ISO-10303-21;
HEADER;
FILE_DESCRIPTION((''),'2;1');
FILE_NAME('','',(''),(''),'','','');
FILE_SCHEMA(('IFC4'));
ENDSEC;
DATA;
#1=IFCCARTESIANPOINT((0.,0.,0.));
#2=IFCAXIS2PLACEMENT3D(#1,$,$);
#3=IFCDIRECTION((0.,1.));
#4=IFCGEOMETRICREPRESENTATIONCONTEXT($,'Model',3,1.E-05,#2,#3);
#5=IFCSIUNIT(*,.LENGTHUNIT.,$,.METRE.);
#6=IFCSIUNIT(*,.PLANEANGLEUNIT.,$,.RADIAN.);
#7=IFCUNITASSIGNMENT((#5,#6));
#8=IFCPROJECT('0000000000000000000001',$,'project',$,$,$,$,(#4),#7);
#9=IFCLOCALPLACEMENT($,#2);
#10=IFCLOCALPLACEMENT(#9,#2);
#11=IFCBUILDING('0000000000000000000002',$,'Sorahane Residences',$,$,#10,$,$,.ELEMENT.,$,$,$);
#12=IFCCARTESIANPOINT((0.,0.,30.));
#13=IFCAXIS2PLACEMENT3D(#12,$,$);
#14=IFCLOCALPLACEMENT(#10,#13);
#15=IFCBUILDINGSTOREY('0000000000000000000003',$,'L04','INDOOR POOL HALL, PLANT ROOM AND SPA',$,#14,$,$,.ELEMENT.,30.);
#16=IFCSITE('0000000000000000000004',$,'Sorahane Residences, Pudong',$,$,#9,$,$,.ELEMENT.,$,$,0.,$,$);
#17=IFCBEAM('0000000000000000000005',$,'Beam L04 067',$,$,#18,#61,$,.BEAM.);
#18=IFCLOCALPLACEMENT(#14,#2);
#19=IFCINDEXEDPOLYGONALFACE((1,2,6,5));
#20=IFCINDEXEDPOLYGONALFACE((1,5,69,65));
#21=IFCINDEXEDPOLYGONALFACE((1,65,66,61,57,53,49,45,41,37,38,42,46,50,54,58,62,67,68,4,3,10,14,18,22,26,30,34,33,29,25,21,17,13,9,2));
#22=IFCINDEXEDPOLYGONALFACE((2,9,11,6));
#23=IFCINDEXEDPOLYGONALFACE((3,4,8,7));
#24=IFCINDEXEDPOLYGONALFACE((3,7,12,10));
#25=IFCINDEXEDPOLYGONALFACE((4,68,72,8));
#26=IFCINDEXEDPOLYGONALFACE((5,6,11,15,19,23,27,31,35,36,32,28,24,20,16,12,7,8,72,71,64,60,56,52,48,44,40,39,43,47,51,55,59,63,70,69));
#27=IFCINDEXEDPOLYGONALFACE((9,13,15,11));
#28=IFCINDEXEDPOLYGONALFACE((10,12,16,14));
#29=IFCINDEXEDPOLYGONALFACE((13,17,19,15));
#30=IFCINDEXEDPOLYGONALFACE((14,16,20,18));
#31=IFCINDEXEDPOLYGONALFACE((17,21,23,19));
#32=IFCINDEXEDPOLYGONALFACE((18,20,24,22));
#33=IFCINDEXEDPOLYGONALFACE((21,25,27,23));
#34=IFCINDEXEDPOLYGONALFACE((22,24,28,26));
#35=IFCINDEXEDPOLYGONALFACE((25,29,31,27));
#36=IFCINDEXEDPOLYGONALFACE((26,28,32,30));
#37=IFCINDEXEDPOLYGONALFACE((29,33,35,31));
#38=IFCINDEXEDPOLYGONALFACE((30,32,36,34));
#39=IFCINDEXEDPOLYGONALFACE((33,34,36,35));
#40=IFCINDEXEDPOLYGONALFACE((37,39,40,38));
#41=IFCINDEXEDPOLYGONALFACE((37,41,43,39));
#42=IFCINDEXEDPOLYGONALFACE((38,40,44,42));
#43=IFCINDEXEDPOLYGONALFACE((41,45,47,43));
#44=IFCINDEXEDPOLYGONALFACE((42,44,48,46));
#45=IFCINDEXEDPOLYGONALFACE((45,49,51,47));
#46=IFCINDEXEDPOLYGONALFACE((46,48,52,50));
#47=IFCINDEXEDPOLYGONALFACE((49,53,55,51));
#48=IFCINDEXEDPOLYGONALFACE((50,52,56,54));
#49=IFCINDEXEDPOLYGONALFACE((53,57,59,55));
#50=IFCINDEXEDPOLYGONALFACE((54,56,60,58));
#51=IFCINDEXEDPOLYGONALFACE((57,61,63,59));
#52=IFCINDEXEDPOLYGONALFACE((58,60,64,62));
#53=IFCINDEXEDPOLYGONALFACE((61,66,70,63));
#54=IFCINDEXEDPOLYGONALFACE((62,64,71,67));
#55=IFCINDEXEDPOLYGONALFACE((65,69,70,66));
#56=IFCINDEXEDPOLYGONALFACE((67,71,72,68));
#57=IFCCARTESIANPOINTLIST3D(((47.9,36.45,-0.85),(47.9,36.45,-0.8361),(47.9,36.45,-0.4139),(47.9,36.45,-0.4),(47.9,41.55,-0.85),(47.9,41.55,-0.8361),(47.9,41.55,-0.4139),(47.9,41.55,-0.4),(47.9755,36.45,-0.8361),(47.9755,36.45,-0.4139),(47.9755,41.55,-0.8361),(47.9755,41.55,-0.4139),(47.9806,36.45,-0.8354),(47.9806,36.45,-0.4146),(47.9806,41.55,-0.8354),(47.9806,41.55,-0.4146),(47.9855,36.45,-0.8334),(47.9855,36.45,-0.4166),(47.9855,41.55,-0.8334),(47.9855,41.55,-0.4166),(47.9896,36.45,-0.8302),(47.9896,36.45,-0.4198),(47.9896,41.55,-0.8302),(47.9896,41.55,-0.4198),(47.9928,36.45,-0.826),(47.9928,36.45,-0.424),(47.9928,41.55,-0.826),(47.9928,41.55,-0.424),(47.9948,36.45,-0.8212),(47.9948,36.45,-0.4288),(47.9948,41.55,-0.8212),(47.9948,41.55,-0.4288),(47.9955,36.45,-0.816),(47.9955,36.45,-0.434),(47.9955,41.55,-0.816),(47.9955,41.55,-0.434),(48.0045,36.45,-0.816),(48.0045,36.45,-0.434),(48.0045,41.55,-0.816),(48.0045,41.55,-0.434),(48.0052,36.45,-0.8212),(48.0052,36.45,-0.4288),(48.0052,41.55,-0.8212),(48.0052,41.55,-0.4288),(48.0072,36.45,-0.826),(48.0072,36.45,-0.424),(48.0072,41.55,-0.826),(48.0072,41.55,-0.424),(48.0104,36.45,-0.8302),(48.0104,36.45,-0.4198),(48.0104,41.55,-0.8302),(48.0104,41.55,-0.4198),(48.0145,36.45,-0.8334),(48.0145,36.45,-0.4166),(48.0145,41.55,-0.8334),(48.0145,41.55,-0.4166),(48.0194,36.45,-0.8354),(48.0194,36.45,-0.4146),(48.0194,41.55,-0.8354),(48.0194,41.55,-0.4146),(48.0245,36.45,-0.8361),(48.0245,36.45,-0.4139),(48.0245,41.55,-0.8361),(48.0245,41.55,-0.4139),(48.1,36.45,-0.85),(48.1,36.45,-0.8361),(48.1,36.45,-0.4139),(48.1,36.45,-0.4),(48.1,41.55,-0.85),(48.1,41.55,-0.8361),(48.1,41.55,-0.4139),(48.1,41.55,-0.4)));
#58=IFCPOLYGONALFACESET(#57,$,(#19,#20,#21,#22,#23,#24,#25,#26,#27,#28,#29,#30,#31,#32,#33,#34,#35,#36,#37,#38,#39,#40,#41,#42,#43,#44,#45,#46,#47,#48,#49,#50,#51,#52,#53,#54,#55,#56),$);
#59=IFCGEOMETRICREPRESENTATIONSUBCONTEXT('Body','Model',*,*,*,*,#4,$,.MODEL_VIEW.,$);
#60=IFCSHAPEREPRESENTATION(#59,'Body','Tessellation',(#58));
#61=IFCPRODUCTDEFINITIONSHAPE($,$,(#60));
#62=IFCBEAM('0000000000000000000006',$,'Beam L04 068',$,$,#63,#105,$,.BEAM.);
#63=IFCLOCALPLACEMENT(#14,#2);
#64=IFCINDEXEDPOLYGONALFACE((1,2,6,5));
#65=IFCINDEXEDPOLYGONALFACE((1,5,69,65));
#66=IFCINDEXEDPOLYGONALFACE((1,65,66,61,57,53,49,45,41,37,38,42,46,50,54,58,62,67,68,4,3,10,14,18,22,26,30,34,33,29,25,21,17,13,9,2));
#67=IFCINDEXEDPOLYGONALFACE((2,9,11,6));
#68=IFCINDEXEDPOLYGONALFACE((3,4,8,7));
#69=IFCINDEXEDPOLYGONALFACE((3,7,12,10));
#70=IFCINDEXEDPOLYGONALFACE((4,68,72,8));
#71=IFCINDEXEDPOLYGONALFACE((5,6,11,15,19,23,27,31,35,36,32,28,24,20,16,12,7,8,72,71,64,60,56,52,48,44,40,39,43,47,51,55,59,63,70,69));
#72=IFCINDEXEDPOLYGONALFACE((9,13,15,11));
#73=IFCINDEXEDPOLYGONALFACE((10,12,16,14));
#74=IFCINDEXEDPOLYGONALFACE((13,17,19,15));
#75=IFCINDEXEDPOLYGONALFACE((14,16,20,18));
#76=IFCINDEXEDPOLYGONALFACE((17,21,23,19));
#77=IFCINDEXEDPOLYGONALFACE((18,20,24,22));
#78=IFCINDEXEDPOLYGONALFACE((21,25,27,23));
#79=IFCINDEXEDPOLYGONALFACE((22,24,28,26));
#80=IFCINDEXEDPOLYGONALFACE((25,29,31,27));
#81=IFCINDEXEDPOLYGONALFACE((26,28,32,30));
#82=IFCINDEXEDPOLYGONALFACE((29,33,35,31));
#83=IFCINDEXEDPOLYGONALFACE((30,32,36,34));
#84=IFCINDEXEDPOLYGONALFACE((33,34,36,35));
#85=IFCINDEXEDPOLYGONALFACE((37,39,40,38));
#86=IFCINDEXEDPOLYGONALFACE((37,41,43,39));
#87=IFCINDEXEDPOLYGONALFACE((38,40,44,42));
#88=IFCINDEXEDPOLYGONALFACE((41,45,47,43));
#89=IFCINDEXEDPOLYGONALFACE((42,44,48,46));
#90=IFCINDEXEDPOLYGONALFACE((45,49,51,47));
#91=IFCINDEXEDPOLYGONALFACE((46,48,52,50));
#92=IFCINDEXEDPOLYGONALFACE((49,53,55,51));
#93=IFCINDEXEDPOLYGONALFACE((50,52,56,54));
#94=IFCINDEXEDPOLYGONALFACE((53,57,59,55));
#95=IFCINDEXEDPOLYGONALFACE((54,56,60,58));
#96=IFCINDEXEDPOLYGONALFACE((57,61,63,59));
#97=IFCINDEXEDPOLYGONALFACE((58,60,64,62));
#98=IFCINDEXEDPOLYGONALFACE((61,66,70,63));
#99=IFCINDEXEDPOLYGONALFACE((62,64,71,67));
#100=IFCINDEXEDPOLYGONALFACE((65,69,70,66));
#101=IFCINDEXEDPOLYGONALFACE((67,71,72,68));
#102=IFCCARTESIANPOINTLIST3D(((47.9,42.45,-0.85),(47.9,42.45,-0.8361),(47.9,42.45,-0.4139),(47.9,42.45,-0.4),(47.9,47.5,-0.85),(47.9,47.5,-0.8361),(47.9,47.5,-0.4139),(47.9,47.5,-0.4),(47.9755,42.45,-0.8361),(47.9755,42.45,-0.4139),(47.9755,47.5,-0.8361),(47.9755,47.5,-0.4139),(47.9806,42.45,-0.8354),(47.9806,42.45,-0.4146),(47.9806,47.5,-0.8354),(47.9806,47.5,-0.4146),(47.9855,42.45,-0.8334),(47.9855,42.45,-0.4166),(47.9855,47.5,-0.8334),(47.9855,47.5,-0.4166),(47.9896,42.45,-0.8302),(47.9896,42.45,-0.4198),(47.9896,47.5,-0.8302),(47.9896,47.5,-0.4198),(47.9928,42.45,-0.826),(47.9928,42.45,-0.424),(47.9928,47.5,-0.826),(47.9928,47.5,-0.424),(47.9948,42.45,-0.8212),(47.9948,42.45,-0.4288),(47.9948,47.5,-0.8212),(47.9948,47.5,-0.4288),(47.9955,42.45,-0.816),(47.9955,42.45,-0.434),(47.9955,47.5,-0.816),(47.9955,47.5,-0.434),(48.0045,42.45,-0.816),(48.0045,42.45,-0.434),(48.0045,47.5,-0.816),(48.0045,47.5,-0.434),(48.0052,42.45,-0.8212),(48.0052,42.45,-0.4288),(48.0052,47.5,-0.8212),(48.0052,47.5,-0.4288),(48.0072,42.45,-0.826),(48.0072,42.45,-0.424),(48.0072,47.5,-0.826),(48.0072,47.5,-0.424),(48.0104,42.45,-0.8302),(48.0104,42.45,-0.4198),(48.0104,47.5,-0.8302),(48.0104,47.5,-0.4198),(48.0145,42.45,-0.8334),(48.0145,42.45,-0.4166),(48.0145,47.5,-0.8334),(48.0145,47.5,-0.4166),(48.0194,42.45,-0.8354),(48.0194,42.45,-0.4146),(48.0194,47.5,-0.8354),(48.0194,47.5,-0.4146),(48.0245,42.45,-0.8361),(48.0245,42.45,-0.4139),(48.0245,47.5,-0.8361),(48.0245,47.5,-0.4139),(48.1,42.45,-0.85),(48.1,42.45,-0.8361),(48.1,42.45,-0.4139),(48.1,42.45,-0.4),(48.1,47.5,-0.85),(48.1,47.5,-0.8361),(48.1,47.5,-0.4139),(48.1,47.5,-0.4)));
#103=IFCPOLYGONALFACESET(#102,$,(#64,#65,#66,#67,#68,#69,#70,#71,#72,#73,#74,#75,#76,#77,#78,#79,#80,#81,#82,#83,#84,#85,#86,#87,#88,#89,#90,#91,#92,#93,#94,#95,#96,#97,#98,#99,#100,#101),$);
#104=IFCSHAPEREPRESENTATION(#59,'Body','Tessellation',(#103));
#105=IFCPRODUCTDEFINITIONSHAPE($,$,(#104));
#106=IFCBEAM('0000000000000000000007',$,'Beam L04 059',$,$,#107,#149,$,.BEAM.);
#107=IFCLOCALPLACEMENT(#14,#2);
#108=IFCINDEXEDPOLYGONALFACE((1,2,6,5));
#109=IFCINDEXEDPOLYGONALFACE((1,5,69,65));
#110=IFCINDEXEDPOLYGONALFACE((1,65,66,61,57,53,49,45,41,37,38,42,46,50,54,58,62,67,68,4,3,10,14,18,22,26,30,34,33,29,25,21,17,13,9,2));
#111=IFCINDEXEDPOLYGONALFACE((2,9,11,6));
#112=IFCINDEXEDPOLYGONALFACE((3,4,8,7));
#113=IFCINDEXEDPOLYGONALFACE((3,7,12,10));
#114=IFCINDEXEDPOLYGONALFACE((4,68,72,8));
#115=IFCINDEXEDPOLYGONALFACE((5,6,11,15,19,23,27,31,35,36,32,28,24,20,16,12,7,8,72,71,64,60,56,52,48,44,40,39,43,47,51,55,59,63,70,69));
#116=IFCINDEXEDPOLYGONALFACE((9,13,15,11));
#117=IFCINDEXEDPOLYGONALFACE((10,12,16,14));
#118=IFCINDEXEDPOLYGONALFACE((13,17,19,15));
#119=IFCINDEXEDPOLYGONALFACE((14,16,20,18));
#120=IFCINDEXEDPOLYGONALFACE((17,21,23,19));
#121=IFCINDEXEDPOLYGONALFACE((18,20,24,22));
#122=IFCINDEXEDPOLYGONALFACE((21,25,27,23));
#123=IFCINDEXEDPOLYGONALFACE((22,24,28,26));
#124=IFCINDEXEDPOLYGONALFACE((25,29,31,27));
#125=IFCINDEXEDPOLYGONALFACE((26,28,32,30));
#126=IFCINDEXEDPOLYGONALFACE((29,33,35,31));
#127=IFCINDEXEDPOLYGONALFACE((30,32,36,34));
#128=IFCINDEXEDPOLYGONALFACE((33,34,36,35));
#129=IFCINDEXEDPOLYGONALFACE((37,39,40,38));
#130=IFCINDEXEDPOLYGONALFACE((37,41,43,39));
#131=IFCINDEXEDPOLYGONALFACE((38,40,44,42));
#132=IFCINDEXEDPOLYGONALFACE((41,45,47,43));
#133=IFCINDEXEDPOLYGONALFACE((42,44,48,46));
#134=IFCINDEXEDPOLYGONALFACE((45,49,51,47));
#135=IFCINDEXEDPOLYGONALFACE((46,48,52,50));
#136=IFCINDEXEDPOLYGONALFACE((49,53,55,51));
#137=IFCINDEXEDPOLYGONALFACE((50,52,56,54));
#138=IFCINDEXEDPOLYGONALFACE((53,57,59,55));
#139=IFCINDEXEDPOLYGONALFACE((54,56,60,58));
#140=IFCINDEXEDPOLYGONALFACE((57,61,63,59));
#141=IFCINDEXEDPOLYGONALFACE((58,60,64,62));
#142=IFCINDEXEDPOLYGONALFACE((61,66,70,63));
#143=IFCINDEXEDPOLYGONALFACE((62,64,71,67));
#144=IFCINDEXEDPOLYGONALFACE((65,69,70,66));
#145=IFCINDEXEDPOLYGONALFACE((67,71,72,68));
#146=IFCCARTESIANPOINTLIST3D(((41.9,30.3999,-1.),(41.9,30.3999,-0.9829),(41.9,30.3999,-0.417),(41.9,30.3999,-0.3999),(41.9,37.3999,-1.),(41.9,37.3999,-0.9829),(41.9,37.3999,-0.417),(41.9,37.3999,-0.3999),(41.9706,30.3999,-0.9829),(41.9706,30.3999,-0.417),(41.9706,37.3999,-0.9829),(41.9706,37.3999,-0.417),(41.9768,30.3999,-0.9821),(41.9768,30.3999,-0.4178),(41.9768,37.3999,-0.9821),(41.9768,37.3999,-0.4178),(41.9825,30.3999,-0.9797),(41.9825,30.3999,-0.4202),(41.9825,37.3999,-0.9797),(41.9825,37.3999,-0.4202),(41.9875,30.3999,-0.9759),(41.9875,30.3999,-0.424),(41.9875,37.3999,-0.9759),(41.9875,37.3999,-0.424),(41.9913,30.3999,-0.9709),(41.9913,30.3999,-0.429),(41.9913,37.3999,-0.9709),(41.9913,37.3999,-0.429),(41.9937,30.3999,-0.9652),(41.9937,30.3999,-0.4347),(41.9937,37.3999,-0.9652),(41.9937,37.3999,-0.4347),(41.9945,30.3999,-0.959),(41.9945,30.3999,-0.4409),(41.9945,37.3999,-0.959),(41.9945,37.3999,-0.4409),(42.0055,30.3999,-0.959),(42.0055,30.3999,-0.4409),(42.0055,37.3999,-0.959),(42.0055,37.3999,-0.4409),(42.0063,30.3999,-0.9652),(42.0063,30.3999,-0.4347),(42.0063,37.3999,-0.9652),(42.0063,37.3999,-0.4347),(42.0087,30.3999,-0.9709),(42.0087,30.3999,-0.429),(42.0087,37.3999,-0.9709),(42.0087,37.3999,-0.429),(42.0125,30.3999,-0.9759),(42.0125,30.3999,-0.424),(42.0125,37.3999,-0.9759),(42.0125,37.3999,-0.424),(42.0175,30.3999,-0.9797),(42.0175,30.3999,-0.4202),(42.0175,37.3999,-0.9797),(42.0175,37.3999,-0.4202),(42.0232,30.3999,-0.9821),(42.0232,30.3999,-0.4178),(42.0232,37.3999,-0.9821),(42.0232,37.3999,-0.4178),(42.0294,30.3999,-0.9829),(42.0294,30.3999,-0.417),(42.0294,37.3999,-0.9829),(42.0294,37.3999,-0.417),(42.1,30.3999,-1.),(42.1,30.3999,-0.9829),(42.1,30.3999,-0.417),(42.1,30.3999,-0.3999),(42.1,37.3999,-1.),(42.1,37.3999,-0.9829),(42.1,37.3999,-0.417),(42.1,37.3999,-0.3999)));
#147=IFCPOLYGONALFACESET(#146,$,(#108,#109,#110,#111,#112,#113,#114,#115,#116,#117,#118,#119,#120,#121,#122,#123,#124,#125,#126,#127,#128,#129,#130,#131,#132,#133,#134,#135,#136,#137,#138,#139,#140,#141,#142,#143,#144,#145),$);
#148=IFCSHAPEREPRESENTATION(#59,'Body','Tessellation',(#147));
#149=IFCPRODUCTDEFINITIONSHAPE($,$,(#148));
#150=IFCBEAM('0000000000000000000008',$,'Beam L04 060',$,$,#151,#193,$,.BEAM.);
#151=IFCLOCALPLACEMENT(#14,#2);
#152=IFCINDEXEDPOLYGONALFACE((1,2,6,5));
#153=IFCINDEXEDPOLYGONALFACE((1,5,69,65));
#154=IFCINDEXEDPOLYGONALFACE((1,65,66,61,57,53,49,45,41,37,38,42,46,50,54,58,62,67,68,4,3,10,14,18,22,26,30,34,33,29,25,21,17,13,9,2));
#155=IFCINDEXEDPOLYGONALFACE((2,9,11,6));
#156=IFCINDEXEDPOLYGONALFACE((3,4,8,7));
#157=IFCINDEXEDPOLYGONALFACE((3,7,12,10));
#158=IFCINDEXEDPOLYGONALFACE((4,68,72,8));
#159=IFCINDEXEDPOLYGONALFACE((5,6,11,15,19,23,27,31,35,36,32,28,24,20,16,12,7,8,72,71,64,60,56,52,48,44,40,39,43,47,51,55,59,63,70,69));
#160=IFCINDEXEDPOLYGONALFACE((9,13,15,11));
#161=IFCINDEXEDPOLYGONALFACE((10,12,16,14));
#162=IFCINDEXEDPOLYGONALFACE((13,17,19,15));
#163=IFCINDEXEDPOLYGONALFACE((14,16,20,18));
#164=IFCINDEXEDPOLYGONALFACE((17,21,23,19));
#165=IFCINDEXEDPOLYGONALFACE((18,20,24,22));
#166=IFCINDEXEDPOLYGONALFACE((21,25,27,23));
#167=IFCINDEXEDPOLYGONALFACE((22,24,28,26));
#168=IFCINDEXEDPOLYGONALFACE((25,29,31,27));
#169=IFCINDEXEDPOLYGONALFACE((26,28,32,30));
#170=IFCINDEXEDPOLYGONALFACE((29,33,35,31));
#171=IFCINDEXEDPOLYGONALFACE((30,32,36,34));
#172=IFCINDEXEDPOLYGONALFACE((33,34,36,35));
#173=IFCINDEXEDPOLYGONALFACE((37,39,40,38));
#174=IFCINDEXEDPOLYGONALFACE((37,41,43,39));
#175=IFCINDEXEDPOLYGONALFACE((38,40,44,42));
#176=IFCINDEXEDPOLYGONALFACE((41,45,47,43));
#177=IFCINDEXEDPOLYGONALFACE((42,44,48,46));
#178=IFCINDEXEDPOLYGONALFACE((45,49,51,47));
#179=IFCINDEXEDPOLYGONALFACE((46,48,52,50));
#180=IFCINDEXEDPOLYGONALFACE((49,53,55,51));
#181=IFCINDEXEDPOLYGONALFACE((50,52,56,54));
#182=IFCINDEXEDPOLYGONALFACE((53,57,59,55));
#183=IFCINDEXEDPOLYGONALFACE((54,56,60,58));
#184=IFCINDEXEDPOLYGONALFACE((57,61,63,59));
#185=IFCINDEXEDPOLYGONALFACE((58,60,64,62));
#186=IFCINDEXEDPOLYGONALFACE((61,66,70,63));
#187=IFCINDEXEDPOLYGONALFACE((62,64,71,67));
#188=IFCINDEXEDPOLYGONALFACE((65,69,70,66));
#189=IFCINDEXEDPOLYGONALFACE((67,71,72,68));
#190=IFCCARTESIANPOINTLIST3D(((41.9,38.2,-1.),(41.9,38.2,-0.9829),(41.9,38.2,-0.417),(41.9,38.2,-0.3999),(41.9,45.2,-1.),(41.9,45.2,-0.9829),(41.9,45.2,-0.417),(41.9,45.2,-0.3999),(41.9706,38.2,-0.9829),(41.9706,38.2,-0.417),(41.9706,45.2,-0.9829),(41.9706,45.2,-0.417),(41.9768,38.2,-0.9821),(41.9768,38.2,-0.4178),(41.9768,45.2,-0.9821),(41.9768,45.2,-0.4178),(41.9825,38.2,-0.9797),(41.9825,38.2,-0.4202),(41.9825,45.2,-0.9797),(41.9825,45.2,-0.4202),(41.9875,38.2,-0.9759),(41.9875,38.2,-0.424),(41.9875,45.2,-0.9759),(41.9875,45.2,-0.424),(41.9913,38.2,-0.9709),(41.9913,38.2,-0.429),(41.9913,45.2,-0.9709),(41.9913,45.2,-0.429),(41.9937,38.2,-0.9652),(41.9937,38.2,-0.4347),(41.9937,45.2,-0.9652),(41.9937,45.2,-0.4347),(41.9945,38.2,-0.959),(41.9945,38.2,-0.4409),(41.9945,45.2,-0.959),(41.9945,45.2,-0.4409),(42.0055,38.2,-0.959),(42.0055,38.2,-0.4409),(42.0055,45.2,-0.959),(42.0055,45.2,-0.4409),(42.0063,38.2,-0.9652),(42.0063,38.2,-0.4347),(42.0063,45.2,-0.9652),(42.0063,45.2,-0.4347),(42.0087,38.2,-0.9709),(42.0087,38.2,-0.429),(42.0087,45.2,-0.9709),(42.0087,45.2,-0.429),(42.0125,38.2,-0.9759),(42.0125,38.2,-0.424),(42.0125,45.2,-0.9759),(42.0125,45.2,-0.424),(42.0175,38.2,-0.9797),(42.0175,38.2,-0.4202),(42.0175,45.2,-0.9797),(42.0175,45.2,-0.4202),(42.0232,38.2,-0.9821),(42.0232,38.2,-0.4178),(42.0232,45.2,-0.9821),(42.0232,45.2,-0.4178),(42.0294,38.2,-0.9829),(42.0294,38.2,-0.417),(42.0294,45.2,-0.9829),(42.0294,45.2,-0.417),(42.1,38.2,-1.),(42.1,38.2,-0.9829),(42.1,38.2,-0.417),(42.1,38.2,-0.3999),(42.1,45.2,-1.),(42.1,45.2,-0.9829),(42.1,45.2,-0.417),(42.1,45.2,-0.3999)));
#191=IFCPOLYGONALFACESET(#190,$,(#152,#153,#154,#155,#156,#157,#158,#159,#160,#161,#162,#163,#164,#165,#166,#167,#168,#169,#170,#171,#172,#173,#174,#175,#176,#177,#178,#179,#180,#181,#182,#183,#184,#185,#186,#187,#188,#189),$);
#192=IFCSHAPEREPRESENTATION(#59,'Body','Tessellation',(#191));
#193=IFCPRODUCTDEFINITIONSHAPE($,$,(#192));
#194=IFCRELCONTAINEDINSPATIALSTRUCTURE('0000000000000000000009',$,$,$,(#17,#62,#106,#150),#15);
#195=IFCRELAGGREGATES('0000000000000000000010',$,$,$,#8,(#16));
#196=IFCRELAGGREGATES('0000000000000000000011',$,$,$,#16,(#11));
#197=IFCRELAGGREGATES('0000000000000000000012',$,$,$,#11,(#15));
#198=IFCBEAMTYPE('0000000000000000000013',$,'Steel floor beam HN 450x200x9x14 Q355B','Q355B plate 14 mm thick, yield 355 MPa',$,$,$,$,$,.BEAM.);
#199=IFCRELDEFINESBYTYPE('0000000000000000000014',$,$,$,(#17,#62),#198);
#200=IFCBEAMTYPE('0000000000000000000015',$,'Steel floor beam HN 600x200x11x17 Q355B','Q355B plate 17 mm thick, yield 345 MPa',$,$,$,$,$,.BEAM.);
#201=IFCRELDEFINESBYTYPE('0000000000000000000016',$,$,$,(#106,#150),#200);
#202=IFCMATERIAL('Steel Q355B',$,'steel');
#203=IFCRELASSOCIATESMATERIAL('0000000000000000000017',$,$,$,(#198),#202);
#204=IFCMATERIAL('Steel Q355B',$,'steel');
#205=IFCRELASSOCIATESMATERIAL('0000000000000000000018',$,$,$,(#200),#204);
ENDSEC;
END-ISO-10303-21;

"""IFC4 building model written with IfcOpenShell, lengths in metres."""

from ifc_helpers import new_model, si_unit, direction, frame, origin, origin_2d, place, context, subcontext, project, spatial, i_section, extrude, material, material_profile, profile_set, type_object, element, save


model = new_model("IFC4")

# Units and contexts
model_context = context("Model", 3, precision=1e-05, world=origin(), true_north=direction((0.0, 1.0)))
body_context = subcontext(model_context, "Body", "Model", "MODEL_VIEW")
ifc_project = project(units=[si_unit("LENGTHUNIT", "METRE"), si_unit("PLANEANGLEUNIT", "RADIAN")], contexts=[model_context])

# Site, building, storey
site_placement = place(None, origin())
site = spatial("IfcSite", under=ifc_project, at=site_placement, Name="Sorahane Residences, Pudong", CompositionType="ELEMENT", RefElevation=0.0)
building_placement = place(site_placement, origin())
building = spatial("IfcBuilding", under=site, at=building_placement, Name="Sorahane Residences", CompositionType="ELEMENT")
storey_placement = place(building_placement, frame((0.0, 0.0, 30.0)))
storey = spatial("IfcBuildingStorey", under=building, at=storey_placement, Name="L04", Description="INDOOR POOL HALL, PLANT ROOM AND SPA", CompositionType="ELEMENT", Elevation=30.0)

# Beams
ifc_material_1 = material(Name="Steel Q355B", Category="steel")
ifc_material_profile_1 = material_profile(ifc_material_1, i_section(OverallWidth=0.2, OverallDepth=0.45, WebThickness=0.009, FlangeThickness=0.0139, FilletRadius=0.02, at=origin_2d()), Name="HN 450x200x9x14")
ifc_profile_set_1 = profile_set([ifc_material_profile_1], Name="Steel Q355B")
beam_type_1 = type_object("IfcBeamType", Name="Steel floor beam HN 450x200x9x14 Q355B", Description="Q355B plate 14 mm thick, yield 355 MPa", PredefinedType="BEAM", material=ifc_profile_set_1)
for number, where, z_axis, x_axis, name in (
    (1, (48.0, 36.45, -0.625), (0.0, 1.0, 0.0), (-1.0, 0.0, 0.0), "Beam L04 067"),
):
    element("IfcBeam", number, at=place(storey_placement, frame(where, z_axis=z_axis, x_axis=x_axis)), inside=storey, type_object=beam_type_1, Name=name, PredefinedType="BEAM", context=body_context, shape_type="SweptSolid", body=[
        extrude(i_section(OverallWidth=0.2, OverallDepth=0.45, WebThickness=0.009, FlangeThickness=0.0139, FilletRadius=0.02, at=origin_2d()), origin(), (0.0, 0.0, 1.0), 5.1001),
    ])
beam_placement = place(storey_placement, frame((48.0, 42.45, -0.625), z_axis=(0.0, 1.0, 0.0), x_axis=(-1.0, 0.0, 0.0)))
element("IfcBeam", 2, at=beam_placement, inside=storey, type_object=beam_type_1, Name="Beam L04 068", PredefinedType="BEAM", context=body_context, shape_type="SweptSolid", body=[
    extrude(i_section(OverallWidth=0.2, OverallDepth=0.45, WebThickness=0.009, FlangeThickness=0.0139, FilletRadius=0.02, at=origin_2d()), origin(), (0.0, 0.0, 1.0), 5.05),
])
ifc_material_2 = material(Name="Steel Q355B", Category="steel")
ifc_material_profile_2 = material_profile(ifc_material_2, i_section(OverallWidth=0.2, OverallDepth=0.6001, WebThickness=0.011, FlangeThickness=0.0171, FilletRadius=0.0239, at=origin_2d()), Name="HN 600x200x11x17")
ifc_profile_set_2 = profile_set([ifc_material_profile_2], Name="Steel Q355B")
beam_type_2 = type_object("IfcBeamType", Name="Steel floor beam HN 600x200x11x17 Q355B", Description="Q355B plate 17 mm thick, yield 345 MPa", PredefinedType="BEAM", material=ifc_profile_set_2)
for number, where, z_axis, x_axis, name in (
    (3, (42.0, 30.3999, -0.7), (0.0, 1.0, 0.0), (-1.0, 0.0, 0.0), "Beam L04 059"),
    (4, (42.0, 38.2, -0.7), (0.0, 1.0, 0.0), (-1.0, 0.0, 0.0), "Beam L04 060"),
):
    element("IfcBeam", number, at=place(storey_placement, frame(where, z_axis=z_axis, x_axis=x_axis)), inside=storey, type_object=beam_type_2, Name=name, PredefinedType="BEAM", context=body_context, shape_type="SweptSolid", body=[
        extrude(i_section(OverallWidth=0.2, OverallDepth=0.6001, WebThickness=0.011, FlangeThickness=0.0171, FilletRadius=0.0239, at=origin_2d()), origin(), (0.0, 0.0, 1.0), 7.0),
    ])

save(model, "model.ifc")
